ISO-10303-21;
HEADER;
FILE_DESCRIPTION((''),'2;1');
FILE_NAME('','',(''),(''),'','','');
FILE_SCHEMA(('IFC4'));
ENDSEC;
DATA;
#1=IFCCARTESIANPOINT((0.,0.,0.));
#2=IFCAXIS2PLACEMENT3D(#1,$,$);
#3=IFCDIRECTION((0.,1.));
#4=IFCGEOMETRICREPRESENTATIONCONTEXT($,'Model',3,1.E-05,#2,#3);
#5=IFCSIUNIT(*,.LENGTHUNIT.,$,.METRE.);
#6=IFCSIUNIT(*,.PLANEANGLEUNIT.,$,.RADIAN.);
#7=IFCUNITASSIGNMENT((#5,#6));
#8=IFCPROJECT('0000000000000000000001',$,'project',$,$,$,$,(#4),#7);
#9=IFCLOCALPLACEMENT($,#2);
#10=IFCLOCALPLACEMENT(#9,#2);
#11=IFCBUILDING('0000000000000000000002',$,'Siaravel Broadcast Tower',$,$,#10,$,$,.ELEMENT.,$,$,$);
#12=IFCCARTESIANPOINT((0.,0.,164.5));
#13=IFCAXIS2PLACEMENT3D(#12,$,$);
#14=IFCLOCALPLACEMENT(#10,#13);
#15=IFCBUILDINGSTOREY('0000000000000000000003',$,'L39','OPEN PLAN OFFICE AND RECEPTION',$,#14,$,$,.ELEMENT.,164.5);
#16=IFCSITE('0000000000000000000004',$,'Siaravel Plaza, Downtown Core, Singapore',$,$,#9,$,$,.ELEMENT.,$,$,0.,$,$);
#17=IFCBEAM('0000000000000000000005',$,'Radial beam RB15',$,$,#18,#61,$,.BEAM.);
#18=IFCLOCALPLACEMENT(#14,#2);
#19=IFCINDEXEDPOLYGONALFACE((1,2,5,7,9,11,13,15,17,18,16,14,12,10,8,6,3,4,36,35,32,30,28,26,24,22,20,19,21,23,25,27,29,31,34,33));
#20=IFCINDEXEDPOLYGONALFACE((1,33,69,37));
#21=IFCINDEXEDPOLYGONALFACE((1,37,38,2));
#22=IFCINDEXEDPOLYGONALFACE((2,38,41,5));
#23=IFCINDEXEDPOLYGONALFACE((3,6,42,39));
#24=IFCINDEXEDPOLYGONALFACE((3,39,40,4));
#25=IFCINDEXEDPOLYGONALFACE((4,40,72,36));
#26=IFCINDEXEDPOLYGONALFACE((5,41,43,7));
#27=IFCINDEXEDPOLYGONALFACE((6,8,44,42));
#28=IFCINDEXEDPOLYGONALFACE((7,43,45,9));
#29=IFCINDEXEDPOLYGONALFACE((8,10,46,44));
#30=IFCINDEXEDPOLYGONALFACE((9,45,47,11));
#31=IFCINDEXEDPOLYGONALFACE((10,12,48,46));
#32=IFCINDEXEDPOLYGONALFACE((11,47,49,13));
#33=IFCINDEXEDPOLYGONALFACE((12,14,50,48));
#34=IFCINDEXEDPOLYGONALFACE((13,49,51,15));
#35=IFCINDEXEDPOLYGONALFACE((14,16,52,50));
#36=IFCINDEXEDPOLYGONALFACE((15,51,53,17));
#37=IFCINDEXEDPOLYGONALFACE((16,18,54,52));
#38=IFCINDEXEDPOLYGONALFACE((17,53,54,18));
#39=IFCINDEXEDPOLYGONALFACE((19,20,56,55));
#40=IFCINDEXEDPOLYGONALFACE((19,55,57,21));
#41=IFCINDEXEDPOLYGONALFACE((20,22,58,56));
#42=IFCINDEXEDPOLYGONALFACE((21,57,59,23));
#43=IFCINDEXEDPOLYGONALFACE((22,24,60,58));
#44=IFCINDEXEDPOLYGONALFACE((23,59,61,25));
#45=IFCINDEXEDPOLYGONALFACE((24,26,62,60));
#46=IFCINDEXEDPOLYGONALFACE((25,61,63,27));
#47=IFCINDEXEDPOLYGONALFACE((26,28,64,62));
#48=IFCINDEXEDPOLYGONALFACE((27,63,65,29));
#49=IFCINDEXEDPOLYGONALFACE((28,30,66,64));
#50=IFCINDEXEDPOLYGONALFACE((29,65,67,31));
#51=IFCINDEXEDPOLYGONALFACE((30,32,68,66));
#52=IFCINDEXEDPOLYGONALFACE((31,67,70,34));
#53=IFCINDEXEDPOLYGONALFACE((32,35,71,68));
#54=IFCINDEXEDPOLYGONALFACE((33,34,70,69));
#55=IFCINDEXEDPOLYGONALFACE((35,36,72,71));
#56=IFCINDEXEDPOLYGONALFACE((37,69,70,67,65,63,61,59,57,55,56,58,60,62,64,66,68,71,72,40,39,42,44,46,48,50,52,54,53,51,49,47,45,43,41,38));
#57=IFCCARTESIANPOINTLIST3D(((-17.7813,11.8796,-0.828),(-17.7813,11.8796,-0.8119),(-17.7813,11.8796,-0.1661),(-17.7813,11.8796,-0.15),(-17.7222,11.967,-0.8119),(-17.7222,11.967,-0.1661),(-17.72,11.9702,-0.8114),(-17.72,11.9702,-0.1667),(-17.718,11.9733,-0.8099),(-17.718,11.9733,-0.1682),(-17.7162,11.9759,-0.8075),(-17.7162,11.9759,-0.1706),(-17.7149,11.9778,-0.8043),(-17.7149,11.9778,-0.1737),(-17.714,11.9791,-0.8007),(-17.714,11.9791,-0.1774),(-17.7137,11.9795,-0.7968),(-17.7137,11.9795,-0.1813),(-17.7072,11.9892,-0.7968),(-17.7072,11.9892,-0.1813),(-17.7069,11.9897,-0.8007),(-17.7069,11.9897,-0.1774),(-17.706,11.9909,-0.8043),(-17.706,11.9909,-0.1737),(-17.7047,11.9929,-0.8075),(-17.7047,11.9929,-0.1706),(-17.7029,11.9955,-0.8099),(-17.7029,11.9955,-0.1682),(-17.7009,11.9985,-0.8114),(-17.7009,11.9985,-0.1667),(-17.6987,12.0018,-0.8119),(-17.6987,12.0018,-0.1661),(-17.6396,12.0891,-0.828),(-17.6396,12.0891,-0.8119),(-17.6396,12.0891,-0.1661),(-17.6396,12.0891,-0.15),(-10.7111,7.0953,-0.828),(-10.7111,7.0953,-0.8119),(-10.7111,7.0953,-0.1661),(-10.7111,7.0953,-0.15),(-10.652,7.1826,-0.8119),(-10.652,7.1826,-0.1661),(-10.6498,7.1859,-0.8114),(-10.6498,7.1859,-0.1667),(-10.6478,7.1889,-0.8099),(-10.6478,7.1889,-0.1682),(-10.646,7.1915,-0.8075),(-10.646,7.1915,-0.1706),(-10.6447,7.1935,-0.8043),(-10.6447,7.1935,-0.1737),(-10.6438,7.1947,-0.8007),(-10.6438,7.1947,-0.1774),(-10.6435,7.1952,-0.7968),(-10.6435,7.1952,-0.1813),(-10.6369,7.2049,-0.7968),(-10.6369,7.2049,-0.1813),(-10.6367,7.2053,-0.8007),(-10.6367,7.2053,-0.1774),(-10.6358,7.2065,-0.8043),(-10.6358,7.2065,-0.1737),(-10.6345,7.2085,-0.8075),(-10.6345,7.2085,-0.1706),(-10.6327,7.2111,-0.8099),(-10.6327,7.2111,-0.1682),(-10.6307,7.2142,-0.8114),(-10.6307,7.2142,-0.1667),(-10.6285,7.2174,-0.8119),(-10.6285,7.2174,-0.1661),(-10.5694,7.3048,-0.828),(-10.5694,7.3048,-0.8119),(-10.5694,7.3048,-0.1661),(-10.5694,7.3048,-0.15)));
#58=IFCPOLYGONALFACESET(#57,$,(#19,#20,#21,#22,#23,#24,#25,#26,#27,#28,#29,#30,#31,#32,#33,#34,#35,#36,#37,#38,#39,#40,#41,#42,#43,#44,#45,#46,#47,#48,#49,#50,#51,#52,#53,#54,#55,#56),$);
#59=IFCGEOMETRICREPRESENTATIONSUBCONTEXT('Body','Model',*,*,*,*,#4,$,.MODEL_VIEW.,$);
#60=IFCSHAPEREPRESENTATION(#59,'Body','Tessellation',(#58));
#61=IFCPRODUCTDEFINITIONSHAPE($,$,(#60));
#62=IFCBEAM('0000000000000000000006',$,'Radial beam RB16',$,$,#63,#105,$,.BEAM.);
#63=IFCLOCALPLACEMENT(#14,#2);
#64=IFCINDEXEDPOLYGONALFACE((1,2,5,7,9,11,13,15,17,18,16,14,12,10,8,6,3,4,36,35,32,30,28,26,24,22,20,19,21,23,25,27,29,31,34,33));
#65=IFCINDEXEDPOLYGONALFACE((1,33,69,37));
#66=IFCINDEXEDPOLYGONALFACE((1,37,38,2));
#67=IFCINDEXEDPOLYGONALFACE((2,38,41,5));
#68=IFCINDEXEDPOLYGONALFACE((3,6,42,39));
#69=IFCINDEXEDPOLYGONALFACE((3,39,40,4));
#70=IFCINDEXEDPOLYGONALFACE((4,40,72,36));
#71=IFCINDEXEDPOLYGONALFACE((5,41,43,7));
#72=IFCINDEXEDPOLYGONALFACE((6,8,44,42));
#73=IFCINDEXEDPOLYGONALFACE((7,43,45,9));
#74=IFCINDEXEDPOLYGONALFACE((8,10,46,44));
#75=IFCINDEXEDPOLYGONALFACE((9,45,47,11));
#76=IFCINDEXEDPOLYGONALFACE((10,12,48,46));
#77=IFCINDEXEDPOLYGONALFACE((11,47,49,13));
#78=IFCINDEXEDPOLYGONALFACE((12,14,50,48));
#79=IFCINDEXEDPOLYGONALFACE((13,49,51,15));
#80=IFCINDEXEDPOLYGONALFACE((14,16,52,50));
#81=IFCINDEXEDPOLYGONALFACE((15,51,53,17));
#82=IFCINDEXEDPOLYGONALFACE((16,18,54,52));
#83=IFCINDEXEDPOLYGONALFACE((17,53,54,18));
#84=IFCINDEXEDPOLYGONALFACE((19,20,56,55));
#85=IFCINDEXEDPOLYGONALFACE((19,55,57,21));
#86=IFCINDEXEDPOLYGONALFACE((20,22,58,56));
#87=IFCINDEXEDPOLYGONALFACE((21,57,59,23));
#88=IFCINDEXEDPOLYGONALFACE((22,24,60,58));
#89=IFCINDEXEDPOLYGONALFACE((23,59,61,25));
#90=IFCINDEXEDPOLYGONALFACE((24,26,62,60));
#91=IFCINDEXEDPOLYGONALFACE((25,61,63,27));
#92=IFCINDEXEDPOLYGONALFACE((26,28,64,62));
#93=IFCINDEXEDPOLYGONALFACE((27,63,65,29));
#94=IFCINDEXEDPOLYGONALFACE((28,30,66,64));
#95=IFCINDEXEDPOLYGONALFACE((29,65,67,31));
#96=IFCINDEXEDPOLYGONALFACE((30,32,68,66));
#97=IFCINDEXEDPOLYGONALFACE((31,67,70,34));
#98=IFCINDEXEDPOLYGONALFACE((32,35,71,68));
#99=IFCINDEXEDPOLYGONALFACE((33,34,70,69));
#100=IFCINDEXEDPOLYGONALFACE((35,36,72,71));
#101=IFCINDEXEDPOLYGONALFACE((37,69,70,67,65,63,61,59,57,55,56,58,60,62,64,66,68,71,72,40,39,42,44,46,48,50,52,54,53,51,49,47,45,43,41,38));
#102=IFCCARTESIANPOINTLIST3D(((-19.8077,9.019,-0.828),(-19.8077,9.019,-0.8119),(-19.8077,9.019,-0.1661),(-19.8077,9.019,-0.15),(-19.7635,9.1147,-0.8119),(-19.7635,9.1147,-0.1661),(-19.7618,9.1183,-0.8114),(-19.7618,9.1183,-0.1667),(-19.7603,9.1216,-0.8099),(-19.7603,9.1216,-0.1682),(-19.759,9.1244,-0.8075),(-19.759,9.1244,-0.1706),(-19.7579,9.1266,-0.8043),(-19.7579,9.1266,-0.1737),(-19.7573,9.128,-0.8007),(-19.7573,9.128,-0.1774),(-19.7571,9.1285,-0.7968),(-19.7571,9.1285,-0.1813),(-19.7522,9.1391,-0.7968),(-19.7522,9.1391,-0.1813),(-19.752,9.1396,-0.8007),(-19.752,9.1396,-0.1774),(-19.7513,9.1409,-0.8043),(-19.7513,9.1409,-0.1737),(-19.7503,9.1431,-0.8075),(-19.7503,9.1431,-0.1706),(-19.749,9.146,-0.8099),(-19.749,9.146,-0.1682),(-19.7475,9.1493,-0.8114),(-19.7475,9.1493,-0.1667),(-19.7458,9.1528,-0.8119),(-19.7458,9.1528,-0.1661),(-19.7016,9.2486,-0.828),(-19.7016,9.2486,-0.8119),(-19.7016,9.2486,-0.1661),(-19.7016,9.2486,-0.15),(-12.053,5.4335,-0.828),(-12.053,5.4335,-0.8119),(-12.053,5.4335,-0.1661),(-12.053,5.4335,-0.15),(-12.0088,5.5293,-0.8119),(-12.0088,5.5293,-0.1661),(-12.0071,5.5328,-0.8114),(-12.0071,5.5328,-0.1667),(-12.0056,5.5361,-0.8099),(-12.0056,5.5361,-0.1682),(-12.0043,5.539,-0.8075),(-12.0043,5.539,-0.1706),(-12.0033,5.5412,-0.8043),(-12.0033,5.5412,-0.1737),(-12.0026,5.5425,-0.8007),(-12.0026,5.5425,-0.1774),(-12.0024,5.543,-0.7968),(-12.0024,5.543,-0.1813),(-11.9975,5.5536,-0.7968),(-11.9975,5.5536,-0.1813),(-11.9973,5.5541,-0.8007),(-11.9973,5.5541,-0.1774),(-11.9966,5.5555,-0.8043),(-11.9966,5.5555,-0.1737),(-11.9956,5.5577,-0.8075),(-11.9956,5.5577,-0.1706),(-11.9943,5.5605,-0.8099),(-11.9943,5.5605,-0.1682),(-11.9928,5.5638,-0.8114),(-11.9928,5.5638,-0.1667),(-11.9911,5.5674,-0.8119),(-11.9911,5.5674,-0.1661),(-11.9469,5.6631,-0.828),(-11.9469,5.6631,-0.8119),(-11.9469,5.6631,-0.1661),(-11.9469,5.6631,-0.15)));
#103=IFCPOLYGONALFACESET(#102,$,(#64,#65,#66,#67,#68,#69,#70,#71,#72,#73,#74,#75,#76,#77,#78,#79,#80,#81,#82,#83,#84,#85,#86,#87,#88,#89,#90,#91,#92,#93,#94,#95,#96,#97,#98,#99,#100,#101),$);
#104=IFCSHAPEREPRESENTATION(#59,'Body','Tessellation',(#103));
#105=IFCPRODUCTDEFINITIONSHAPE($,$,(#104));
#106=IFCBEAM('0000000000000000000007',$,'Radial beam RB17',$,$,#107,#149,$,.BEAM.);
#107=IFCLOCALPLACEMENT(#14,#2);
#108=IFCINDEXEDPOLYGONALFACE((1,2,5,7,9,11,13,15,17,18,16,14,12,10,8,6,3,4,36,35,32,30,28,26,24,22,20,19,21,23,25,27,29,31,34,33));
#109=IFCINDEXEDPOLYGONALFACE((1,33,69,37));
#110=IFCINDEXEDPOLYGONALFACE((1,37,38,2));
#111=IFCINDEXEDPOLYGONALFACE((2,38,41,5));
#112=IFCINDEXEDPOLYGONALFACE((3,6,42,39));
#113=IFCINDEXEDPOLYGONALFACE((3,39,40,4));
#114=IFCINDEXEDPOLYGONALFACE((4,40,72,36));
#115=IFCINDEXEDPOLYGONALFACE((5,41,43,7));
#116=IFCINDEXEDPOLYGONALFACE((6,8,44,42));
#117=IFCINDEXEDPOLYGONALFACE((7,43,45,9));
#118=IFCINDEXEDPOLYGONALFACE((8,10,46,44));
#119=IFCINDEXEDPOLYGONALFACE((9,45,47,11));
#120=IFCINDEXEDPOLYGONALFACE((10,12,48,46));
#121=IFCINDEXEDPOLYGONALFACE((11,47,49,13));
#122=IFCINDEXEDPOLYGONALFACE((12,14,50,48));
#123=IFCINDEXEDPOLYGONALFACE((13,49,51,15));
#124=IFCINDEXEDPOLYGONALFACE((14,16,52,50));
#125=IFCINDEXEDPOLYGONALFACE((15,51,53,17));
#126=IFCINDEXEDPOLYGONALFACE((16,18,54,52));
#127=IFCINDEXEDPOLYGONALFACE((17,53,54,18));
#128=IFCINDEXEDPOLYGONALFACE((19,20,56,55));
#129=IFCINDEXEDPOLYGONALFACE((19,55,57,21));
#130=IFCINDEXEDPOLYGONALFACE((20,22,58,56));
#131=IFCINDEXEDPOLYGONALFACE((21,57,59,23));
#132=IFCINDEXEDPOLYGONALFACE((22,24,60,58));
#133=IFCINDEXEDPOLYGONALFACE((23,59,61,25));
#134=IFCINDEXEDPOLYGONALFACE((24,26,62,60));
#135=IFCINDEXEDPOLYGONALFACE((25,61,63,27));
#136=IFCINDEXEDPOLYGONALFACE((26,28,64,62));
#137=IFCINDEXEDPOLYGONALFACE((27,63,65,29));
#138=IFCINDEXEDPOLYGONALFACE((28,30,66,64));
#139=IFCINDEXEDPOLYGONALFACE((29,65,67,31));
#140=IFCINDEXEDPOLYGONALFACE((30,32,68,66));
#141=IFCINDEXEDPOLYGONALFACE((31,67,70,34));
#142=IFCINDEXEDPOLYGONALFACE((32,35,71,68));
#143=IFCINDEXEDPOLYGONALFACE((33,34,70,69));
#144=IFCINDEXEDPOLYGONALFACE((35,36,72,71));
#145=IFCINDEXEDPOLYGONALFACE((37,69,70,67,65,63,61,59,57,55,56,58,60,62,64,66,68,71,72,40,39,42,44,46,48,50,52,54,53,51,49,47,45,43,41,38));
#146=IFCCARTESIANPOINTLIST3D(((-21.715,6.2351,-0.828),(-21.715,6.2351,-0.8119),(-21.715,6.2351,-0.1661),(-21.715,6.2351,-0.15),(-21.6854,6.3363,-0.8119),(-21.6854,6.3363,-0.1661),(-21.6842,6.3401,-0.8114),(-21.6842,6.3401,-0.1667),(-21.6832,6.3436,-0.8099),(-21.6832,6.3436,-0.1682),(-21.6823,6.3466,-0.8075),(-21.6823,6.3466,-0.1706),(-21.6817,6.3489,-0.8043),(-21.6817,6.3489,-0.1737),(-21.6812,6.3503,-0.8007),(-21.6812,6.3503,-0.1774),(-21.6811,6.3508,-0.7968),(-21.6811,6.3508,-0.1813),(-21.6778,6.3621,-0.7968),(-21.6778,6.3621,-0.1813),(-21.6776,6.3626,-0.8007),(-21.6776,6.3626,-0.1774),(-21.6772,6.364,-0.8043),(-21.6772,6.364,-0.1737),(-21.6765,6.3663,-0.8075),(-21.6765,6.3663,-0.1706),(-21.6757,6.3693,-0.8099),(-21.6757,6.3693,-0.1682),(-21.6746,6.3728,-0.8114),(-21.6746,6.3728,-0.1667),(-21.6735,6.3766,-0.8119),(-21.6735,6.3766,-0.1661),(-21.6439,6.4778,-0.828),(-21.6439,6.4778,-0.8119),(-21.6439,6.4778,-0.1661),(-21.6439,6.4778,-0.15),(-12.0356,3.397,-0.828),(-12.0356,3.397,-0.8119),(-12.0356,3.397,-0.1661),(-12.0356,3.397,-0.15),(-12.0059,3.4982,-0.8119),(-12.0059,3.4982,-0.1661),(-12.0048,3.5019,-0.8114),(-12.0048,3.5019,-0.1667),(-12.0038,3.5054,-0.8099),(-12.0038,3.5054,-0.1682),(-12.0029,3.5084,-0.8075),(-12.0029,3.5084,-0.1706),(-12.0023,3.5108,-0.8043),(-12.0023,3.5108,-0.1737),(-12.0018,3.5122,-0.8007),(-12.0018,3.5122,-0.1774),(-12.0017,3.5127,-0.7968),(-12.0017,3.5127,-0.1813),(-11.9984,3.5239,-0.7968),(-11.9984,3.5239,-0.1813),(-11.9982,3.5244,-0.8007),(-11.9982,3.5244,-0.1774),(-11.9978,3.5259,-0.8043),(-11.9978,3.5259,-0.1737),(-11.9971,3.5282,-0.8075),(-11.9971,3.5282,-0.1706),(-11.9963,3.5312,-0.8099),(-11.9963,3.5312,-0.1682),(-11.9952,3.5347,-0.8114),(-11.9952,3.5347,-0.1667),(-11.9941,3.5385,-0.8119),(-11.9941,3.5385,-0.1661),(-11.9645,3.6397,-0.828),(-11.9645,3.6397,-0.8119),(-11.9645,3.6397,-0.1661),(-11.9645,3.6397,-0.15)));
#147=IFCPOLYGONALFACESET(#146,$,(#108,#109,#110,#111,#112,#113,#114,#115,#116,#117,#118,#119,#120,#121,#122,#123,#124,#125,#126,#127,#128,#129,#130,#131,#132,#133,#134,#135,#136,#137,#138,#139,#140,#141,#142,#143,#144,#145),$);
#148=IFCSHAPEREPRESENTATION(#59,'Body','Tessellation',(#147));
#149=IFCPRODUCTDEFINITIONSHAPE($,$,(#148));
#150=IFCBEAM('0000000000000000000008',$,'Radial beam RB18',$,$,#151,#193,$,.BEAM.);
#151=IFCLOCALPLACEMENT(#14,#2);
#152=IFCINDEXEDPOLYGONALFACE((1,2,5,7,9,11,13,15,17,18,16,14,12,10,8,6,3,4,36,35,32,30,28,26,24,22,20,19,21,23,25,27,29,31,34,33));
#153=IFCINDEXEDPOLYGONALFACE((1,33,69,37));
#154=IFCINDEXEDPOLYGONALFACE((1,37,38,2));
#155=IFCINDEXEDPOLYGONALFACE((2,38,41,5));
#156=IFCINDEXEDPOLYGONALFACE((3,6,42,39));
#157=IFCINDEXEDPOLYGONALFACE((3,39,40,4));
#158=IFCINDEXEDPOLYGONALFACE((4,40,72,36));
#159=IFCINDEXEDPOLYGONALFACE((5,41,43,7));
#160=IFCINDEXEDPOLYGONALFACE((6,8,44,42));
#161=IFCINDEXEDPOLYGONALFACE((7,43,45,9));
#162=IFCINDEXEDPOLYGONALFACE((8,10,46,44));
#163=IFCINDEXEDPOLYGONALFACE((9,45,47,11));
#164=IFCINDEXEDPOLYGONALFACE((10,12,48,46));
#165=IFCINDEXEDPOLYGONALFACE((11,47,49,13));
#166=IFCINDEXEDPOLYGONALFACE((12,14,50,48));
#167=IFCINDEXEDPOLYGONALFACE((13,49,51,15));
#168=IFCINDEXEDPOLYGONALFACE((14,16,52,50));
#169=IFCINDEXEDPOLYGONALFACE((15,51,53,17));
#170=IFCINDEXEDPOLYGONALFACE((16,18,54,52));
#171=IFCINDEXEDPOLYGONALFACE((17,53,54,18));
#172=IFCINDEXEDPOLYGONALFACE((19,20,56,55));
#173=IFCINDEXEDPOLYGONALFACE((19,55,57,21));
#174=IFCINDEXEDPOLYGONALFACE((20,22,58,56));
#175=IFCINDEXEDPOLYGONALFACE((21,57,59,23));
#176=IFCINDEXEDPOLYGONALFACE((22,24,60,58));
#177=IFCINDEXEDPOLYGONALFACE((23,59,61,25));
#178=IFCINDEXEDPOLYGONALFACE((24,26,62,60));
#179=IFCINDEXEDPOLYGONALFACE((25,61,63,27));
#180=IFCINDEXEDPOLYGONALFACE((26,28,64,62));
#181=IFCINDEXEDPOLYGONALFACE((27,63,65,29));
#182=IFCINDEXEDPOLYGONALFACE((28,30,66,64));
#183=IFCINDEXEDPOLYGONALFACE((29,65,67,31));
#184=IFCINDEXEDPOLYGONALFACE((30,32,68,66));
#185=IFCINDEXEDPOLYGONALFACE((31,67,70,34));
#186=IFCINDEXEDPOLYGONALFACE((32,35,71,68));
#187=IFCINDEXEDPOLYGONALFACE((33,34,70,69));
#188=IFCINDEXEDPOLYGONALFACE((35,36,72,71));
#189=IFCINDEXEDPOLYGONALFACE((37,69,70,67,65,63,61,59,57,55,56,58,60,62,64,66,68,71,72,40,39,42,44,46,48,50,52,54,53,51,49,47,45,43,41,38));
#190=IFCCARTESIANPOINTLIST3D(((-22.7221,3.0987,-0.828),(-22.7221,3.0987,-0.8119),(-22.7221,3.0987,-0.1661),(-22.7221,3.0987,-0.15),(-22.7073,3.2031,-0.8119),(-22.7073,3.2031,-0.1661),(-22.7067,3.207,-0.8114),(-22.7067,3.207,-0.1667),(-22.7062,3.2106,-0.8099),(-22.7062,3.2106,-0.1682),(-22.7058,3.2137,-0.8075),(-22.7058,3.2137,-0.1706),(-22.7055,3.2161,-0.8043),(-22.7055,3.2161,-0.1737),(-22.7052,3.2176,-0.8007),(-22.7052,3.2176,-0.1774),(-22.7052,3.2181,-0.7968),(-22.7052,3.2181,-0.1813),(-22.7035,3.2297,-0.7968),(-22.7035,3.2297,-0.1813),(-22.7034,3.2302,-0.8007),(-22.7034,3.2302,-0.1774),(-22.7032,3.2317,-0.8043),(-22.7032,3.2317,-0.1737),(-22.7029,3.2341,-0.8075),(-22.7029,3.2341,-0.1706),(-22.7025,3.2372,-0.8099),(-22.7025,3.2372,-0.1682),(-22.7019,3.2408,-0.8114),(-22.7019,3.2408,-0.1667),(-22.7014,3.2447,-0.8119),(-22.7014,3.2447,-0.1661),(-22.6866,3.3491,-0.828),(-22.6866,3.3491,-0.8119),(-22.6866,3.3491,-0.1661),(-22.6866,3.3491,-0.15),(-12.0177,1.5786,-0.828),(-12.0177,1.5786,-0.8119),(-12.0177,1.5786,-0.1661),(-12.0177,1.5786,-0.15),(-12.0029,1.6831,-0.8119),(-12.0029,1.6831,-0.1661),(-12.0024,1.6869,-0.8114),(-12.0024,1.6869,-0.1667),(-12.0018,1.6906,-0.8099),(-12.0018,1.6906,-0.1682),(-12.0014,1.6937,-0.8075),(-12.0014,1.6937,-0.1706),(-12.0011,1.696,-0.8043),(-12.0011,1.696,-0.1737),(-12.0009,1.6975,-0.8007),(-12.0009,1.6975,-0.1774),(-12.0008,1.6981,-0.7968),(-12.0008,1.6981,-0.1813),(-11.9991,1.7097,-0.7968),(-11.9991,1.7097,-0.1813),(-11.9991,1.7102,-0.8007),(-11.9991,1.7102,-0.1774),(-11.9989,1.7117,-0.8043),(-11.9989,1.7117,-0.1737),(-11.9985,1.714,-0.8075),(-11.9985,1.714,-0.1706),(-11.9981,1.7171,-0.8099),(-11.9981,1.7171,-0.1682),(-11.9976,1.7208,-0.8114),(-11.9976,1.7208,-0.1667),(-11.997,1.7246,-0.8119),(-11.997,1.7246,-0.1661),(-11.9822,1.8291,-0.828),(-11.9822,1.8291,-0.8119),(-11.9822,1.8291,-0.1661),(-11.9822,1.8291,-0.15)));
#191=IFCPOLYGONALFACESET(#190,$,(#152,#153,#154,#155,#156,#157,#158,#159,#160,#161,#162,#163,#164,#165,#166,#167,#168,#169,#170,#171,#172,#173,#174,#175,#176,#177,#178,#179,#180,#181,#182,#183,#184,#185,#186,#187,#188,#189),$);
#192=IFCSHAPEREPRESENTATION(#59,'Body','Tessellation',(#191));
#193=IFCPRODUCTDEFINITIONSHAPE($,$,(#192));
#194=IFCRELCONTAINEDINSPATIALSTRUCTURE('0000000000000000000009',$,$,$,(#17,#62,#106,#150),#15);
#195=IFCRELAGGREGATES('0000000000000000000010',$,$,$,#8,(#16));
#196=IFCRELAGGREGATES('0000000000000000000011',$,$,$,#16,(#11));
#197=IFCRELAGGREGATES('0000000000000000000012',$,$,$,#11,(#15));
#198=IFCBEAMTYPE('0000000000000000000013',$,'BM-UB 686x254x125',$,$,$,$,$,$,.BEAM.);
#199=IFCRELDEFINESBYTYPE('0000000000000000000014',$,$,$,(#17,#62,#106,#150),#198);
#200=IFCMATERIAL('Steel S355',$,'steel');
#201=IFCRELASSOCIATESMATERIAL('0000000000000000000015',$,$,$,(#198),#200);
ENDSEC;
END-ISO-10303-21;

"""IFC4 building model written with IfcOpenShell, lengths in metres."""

from ifc_helpers import new_model, si_unit, direction, frame, origin, origin_2d, place, context, subcontext, project, spatial, i_section, extrude, material, material_profile, profile_set, type_object, element, save


model = new_model("IFC4")

# Units and contexts
model_context = context("Model", 3, precision=1e-05, world=origin(), true_north=direction((0.0, 1.0)))
body_context = subcontext(model_context, "Body", "Model", "MODEL_VIEW")
ifc_project = project(units=[si_unit("LENGTHUNIT", "METRE"), si_unit("PLANEANGLEUNIT", "RADIAN")], contexts=[model_context])

# Site, building, storey
site_placement = place(None, origin())
site = spatial("IfcSite", under=ifc_project, at=site_placement, Name="Siaravel Plaza, Downtown Core, Singapore", CompositionType="ELEMENT", RefElevation=0.0)
building_placement = place(site_placement, origin())
building = spatial("IfcBuilding", under=site, at=building_placement, Name="Siaravel Broadcast Tower", CompositionType="ELEMENT")
storey_placement = place(building_placement, frame((0.0, 0.0, 164.5)))
storey = spatial("IfcBuildingStorey", under=building, at=storey_placement, Name="L39", Description="OPEN PLAN OFFICE AND RECEPTION", CompositionType="ELEMENT", Elevation=164.5)

# Beams
ifc_material_1 = material(Name="Steel S355", Category="steel")
ifc_material_profile_1 = material_profile(ifc_material_1, i_section(OverallWidth=0.2529, OverallDepth=0.678, WebThickness=0.0117, FlangeThickness=0.0161, FilletRadius=0.0151, at=origin_2d()))
ifc_profile_set_1 = profile_set([ifc_material_profile_1], Name="Steel S355")
beam_type = type_object("IfcBeamType", Name="BM-UB 686x254x125", PredefinedType="BEAM", material=ifc_profile_set_1)
beam_1_placement = place(storey_placement, frame((-17.7104, 11.9844, -0.489), z_axis=(0.828198, -0.560435, 0.0), x_axis=(0.560435, 0.828198, 0.0)))
element("IfcBeam", 1, at=beam_1_placement, inside=storey, type_object=beam_type, Name="Radial beam RB15", PredefinedType="BEAM", context=body_context, shape_type="SweptSolid", body=[
    extrude(i_section(OverallWidth=0.2529, OverallDepth=0.678, WebThickness=0.0117, FlangeThickness=0.0161, FilletRadius=0.0151, at=origin_2d()), origin(), (0.0, 0.0, 1.0), 8.5369),
])
beam_2_placement = place(storey_placement, frame((-19.7546, 9.1338, -0.489), z_axis=(0.907675, -0.419674, 0.0), x_axis=(0.419674, 0.907675, 0.0)))
element("IfcBeam", 2, at=beam_2_placement, inside=storey, type_object=beam_type, Name="Radial beam RB16", PredefinedType="BEAM", context=body_context, shape_type="SweptSolid", body=[
    extrude(i_section(OverallWidth=0.2529, OverallDepth=0.678, WebThickness=0.0117, FlangeThickness=0.0161, FilletRadius=0.0151, at=origin_2d()), origin(), (0.0, 0.0, 1.0), 8.5435),
])
beam_3_placement = place(storey_placement, frame((-21.6794, 6.3564, -0.489), z_axis=(0.9596, -0.281367, 0.0), x_axis=(0.281367, 0.9596, 0.0)))
element("IfcBeam", 3, at=beam_3_placement, inside=storey, type_object=beam_type, Name="Radial beam RB17", PredefinedType="BEAM", context=body_context, shape_type="SweptSolid", body=[
    extrude(i_section(OverallWidth=0.2529, OverallDepth=0.678, WebThickness=0.0117, FlangeThickness=0.0161, FilletRadius=0.0151, at=origin_2d()), origin(), (0.0, 0.0, 1.0), 10.0869),
])
beam_4_placement = place(storey_placement, frame((-22.7043, 3.2239, -0.489), z_axis=(0.990068, -0.14059, 0.0), x_axis=(0.14059, 0.990068, 0.0)))
element("IfcBeam", 4, at=beam_4_placement, inside=storey, type_object=beam_type, Name="Radial beam RB18", PredefinedType="BEAM", context=body_context, shape_type="SweptSolid", body=[
    extrude(i_section(OverallWidth=0.2529, OverallDepth=0.678, WebThickness=0.0117, FlangeThickness=0.0161, FilletRadius=0.0151, at=origin_2d()), origin(), (0.0, 0.0, 1.0), 10.8118),
])

save(model, "model.ifc")
